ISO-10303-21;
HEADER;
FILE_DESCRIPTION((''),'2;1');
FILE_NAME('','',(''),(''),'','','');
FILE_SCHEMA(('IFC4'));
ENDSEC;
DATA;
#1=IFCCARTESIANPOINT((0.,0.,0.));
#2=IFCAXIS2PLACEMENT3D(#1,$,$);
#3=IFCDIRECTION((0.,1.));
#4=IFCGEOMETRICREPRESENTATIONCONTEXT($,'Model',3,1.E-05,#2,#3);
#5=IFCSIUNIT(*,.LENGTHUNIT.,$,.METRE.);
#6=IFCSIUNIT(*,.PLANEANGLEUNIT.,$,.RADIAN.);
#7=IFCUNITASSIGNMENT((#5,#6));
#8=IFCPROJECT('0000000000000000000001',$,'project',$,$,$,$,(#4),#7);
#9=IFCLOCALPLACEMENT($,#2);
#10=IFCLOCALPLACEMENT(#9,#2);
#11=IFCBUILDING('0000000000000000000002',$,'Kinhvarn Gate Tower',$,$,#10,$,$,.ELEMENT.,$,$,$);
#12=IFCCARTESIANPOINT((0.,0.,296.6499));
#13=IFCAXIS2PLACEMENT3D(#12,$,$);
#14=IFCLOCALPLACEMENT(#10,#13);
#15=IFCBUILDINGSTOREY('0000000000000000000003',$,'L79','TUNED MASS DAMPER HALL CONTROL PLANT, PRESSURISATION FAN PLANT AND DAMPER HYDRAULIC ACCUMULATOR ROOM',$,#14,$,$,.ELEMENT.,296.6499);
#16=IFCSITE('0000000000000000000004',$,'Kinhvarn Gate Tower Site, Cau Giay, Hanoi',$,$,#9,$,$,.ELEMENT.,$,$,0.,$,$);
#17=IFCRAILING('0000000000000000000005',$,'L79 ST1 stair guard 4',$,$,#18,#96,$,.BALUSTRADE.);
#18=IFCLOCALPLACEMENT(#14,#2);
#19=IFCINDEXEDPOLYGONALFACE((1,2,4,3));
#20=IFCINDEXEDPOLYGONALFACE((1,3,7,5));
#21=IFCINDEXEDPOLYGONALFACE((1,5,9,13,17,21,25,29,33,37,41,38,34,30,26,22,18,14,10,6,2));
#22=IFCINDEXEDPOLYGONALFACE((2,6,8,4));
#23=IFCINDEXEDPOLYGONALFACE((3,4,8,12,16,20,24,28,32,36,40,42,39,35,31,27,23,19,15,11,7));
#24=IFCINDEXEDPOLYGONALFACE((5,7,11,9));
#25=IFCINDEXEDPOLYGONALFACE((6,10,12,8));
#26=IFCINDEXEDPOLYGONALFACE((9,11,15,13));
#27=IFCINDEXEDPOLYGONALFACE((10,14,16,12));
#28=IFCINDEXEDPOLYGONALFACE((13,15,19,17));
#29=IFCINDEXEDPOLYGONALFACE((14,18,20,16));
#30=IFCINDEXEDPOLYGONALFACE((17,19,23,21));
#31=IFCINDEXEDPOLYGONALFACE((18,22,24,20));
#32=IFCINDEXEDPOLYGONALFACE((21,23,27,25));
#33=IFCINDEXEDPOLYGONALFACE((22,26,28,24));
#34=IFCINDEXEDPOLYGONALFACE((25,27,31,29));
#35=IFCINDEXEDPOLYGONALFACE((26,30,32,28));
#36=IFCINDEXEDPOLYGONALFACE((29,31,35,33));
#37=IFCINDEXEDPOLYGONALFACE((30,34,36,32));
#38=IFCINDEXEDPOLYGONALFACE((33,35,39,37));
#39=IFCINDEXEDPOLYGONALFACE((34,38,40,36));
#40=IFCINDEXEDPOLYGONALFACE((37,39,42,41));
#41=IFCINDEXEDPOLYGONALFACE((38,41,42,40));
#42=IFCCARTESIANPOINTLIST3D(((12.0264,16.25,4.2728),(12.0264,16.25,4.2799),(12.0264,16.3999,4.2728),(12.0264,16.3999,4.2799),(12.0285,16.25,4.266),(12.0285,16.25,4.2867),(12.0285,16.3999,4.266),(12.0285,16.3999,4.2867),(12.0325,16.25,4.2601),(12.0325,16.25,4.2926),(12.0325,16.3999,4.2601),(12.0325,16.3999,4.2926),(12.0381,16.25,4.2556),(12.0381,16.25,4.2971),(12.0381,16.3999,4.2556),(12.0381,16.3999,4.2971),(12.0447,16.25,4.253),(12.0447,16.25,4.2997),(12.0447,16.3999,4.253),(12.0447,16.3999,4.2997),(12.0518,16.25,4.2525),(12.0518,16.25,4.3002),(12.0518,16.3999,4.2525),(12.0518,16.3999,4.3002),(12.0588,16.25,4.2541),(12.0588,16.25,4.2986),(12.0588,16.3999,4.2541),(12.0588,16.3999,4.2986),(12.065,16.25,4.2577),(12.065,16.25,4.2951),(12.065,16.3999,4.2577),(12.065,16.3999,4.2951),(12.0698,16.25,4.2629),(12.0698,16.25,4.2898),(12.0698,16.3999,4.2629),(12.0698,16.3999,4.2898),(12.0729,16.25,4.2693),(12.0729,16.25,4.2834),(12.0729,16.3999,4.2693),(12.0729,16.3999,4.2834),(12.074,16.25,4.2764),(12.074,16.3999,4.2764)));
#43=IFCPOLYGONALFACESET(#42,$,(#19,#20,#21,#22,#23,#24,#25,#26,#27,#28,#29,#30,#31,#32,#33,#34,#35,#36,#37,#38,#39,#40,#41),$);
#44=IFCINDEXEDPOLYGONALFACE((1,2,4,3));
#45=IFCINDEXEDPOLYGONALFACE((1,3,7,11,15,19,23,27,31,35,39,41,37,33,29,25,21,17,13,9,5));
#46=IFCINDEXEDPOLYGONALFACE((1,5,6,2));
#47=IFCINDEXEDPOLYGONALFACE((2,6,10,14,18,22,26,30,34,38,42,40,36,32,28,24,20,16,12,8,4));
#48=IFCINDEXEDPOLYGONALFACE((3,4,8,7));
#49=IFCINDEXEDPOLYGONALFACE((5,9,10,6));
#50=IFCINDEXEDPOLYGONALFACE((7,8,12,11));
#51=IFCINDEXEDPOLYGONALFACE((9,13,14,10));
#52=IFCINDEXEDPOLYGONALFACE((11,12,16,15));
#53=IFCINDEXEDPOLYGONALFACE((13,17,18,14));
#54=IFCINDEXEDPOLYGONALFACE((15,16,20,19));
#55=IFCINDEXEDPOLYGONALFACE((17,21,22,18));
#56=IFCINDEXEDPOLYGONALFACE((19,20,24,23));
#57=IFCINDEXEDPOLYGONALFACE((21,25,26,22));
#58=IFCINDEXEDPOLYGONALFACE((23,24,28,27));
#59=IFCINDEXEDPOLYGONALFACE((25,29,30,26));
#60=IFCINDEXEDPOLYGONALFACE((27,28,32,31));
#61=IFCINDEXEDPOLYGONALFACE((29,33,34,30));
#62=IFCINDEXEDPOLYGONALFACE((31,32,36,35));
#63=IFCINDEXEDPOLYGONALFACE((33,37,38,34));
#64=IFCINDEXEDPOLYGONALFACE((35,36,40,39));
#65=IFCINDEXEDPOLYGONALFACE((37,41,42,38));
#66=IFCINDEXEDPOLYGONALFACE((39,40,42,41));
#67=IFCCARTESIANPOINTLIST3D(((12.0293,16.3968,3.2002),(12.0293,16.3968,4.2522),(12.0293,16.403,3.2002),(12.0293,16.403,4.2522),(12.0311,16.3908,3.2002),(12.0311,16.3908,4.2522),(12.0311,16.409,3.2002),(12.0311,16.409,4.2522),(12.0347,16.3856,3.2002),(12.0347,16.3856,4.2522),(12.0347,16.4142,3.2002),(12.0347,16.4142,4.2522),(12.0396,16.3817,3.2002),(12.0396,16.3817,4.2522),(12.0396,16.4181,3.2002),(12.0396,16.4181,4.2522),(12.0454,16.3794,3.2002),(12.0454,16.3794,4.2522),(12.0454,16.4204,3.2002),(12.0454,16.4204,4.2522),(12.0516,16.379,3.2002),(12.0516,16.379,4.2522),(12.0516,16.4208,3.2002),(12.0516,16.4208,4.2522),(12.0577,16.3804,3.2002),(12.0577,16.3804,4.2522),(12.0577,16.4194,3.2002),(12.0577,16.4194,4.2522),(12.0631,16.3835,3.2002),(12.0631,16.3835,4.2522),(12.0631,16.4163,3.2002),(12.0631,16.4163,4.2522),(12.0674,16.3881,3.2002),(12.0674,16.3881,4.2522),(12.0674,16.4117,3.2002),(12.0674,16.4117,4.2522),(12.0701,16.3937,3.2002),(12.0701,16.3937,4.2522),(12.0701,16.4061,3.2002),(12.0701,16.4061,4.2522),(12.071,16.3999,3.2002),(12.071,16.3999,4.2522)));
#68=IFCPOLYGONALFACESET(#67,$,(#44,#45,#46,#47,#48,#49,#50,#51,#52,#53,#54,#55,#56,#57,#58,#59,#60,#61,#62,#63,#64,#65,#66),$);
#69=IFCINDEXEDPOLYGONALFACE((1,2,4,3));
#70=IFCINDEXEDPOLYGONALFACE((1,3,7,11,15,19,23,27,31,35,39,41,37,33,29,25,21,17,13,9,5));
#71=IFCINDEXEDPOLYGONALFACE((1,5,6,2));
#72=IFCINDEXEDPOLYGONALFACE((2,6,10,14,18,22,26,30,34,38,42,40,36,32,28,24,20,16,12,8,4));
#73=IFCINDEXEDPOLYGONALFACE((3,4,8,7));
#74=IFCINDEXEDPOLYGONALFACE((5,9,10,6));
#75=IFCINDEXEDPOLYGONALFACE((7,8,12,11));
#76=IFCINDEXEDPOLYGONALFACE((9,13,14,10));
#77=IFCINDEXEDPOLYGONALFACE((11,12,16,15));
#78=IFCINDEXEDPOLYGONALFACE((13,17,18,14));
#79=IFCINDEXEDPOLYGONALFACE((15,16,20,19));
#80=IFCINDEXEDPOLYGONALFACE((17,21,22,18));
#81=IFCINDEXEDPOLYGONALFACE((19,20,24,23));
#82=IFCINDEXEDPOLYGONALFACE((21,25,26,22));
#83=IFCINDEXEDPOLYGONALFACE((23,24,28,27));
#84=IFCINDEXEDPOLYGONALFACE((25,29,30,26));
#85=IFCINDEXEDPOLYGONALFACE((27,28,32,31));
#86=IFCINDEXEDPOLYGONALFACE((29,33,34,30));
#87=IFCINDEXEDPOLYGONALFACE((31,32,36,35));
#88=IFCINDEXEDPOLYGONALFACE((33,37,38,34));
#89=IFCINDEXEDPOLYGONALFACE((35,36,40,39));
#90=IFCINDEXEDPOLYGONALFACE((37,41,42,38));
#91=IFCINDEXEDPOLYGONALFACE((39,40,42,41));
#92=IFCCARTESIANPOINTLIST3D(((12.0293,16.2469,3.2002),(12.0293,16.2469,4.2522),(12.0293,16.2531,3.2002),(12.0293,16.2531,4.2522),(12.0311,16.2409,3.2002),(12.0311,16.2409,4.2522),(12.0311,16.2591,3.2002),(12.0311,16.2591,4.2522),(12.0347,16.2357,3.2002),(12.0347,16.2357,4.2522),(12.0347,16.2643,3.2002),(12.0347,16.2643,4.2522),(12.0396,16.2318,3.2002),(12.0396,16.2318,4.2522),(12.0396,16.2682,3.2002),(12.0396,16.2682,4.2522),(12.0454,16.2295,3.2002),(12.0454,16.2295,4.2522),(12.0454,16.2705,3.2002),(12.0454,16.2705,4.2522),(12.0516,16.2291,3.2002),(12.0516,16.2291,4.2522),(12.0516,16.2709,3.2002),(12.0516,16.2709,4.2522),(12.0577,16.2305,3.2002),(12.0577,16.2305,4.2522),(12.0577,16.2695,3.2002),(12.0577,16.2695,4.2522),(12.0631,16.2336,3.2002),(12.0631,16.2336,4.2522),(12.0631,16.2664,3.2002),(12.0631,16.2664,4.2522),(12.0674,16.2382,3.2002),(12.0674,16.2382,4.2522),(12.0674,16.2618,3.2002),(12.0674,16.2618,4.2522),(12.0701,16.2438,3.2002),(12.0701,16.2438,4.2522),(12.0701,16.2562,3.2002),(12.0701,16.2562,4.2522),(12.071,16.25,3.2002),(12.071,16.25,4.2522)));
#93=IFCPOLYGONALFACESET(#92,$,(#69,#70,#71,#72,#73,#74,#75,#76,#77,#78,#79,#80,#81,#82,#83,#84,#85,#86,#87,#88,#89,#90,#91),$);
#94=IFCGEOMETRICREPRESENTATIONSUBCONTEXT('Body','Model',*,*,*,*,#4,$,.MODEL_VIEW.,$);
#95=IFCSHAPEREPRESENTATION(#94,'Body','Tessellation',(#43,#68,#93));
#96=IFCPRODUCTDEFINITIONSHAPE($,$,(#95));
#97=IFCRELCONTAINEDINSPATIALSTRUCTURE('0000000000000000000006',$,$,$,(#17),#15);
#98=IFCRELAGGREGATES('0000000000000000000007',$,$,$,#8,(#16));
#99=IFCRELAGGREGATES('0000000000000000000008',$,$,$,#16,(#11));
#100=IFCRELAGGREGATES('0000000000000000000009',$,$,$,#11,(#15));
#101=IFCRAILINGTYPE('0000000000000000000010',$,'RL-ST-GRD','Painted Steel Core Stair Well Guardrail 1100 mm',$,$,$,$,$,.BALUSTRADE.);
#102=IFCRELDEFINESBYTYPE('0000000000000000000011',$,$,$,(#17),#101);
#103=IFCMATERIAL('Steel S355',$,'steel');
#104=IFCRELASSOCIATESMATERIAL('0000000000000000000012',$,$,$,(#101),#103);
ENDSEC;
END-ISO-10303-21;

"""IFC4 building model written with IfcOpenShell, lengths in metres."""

from ifc_helpers import new_model, si_unit, direction, frame, origin, origin_2d, place, context, subcontext, project, spatial, circle, extrude, material, type_object, element, save


model = new_model("IFC4")

# Units and contexts
model_context = context("Model", 3, precision=1e-05, world=origin(), true_north=direction((0.0, 1.0)))
body_context = subcontext(model_context, "Body", "Model", "MODEL_VIEW")
ifc_project = project(units=[si_unit("LENGTHUNIT", "METRE"), si_unit("PLANEANGLEUNIT", "RADIAN")], contexts=[model_context])

# Site, building, storey
site_placement = place(None, origin())
site = spatial("IfcSite", under=ifc_project, at=site_placement, Name="Kinhvarn Gate Tower Site, Cau Giay, Hanoi", CompositionType="ELEMENT", RefElevation=0.0)
building_placement = place(site_placement, origin())
building = spatial("IfcBuilding", under=site, at=building_placement, Name="Kinhvarn Gate Tower", CompositionType="ELEMENT")
storey_placement = place(building_placement, frame((0.0, 0.0, 296.6499)))
storey = spatial("IfcBuildingStorey", under=building, at=storey_placement, Name="L79", Description="TUNED MASS DAMPER HALL CONTROL PLANT, PRESSURISATION FAN PLANT AND DAMPER HYDRAULIC ACCUMULATOR ROOM", CompositionType="ELEMENT", Elevation=296.6499)

# Shared definitions
ifc_material_1 = material(Name="Steel S355", Category="steel")

# Railing
railing_type_1 = type_object("IfcRailingType", Name="RL-ST-GRD", Description="Painted Steel Core Stair Well Guardrail 1100 mm", PredefinedType="BALUSTRADE", material=ifc_material_1)
railing_1_placement = place(storey_placement, frame((12.05, 16.3999, 3.2002)))
element("IfcRailing", 1, at=railing_1_placement, inside=storey, type_object=railing_type_1, Name="L79 ST1 stair guard 4", PredefinedType="BALUSTRADE", context=body_context, shape_type="SweptSolid", body=[
    extrude(circle(Radius=0.0239, at=origin_2d()), frame((0.0, 0.0, 1.0762), z_axis=(0.0, -1.0, 0.0), x_axis=(1.0, 0.0, 0.0)), (0.0, 0.0, 1.0), 0.1499),
    extrude(circle(Radius=0.021, at=origin_2d()), origin(), (0.0, 0.0, 1.0), 1.052),
    extrude(circle(Radius=0.021, at=origin_2d()), frame((0.0, -0.1499, 0.0)), (0.0, 0.0, 1.0), 1.052),
])

save(model, "model.ifc")
